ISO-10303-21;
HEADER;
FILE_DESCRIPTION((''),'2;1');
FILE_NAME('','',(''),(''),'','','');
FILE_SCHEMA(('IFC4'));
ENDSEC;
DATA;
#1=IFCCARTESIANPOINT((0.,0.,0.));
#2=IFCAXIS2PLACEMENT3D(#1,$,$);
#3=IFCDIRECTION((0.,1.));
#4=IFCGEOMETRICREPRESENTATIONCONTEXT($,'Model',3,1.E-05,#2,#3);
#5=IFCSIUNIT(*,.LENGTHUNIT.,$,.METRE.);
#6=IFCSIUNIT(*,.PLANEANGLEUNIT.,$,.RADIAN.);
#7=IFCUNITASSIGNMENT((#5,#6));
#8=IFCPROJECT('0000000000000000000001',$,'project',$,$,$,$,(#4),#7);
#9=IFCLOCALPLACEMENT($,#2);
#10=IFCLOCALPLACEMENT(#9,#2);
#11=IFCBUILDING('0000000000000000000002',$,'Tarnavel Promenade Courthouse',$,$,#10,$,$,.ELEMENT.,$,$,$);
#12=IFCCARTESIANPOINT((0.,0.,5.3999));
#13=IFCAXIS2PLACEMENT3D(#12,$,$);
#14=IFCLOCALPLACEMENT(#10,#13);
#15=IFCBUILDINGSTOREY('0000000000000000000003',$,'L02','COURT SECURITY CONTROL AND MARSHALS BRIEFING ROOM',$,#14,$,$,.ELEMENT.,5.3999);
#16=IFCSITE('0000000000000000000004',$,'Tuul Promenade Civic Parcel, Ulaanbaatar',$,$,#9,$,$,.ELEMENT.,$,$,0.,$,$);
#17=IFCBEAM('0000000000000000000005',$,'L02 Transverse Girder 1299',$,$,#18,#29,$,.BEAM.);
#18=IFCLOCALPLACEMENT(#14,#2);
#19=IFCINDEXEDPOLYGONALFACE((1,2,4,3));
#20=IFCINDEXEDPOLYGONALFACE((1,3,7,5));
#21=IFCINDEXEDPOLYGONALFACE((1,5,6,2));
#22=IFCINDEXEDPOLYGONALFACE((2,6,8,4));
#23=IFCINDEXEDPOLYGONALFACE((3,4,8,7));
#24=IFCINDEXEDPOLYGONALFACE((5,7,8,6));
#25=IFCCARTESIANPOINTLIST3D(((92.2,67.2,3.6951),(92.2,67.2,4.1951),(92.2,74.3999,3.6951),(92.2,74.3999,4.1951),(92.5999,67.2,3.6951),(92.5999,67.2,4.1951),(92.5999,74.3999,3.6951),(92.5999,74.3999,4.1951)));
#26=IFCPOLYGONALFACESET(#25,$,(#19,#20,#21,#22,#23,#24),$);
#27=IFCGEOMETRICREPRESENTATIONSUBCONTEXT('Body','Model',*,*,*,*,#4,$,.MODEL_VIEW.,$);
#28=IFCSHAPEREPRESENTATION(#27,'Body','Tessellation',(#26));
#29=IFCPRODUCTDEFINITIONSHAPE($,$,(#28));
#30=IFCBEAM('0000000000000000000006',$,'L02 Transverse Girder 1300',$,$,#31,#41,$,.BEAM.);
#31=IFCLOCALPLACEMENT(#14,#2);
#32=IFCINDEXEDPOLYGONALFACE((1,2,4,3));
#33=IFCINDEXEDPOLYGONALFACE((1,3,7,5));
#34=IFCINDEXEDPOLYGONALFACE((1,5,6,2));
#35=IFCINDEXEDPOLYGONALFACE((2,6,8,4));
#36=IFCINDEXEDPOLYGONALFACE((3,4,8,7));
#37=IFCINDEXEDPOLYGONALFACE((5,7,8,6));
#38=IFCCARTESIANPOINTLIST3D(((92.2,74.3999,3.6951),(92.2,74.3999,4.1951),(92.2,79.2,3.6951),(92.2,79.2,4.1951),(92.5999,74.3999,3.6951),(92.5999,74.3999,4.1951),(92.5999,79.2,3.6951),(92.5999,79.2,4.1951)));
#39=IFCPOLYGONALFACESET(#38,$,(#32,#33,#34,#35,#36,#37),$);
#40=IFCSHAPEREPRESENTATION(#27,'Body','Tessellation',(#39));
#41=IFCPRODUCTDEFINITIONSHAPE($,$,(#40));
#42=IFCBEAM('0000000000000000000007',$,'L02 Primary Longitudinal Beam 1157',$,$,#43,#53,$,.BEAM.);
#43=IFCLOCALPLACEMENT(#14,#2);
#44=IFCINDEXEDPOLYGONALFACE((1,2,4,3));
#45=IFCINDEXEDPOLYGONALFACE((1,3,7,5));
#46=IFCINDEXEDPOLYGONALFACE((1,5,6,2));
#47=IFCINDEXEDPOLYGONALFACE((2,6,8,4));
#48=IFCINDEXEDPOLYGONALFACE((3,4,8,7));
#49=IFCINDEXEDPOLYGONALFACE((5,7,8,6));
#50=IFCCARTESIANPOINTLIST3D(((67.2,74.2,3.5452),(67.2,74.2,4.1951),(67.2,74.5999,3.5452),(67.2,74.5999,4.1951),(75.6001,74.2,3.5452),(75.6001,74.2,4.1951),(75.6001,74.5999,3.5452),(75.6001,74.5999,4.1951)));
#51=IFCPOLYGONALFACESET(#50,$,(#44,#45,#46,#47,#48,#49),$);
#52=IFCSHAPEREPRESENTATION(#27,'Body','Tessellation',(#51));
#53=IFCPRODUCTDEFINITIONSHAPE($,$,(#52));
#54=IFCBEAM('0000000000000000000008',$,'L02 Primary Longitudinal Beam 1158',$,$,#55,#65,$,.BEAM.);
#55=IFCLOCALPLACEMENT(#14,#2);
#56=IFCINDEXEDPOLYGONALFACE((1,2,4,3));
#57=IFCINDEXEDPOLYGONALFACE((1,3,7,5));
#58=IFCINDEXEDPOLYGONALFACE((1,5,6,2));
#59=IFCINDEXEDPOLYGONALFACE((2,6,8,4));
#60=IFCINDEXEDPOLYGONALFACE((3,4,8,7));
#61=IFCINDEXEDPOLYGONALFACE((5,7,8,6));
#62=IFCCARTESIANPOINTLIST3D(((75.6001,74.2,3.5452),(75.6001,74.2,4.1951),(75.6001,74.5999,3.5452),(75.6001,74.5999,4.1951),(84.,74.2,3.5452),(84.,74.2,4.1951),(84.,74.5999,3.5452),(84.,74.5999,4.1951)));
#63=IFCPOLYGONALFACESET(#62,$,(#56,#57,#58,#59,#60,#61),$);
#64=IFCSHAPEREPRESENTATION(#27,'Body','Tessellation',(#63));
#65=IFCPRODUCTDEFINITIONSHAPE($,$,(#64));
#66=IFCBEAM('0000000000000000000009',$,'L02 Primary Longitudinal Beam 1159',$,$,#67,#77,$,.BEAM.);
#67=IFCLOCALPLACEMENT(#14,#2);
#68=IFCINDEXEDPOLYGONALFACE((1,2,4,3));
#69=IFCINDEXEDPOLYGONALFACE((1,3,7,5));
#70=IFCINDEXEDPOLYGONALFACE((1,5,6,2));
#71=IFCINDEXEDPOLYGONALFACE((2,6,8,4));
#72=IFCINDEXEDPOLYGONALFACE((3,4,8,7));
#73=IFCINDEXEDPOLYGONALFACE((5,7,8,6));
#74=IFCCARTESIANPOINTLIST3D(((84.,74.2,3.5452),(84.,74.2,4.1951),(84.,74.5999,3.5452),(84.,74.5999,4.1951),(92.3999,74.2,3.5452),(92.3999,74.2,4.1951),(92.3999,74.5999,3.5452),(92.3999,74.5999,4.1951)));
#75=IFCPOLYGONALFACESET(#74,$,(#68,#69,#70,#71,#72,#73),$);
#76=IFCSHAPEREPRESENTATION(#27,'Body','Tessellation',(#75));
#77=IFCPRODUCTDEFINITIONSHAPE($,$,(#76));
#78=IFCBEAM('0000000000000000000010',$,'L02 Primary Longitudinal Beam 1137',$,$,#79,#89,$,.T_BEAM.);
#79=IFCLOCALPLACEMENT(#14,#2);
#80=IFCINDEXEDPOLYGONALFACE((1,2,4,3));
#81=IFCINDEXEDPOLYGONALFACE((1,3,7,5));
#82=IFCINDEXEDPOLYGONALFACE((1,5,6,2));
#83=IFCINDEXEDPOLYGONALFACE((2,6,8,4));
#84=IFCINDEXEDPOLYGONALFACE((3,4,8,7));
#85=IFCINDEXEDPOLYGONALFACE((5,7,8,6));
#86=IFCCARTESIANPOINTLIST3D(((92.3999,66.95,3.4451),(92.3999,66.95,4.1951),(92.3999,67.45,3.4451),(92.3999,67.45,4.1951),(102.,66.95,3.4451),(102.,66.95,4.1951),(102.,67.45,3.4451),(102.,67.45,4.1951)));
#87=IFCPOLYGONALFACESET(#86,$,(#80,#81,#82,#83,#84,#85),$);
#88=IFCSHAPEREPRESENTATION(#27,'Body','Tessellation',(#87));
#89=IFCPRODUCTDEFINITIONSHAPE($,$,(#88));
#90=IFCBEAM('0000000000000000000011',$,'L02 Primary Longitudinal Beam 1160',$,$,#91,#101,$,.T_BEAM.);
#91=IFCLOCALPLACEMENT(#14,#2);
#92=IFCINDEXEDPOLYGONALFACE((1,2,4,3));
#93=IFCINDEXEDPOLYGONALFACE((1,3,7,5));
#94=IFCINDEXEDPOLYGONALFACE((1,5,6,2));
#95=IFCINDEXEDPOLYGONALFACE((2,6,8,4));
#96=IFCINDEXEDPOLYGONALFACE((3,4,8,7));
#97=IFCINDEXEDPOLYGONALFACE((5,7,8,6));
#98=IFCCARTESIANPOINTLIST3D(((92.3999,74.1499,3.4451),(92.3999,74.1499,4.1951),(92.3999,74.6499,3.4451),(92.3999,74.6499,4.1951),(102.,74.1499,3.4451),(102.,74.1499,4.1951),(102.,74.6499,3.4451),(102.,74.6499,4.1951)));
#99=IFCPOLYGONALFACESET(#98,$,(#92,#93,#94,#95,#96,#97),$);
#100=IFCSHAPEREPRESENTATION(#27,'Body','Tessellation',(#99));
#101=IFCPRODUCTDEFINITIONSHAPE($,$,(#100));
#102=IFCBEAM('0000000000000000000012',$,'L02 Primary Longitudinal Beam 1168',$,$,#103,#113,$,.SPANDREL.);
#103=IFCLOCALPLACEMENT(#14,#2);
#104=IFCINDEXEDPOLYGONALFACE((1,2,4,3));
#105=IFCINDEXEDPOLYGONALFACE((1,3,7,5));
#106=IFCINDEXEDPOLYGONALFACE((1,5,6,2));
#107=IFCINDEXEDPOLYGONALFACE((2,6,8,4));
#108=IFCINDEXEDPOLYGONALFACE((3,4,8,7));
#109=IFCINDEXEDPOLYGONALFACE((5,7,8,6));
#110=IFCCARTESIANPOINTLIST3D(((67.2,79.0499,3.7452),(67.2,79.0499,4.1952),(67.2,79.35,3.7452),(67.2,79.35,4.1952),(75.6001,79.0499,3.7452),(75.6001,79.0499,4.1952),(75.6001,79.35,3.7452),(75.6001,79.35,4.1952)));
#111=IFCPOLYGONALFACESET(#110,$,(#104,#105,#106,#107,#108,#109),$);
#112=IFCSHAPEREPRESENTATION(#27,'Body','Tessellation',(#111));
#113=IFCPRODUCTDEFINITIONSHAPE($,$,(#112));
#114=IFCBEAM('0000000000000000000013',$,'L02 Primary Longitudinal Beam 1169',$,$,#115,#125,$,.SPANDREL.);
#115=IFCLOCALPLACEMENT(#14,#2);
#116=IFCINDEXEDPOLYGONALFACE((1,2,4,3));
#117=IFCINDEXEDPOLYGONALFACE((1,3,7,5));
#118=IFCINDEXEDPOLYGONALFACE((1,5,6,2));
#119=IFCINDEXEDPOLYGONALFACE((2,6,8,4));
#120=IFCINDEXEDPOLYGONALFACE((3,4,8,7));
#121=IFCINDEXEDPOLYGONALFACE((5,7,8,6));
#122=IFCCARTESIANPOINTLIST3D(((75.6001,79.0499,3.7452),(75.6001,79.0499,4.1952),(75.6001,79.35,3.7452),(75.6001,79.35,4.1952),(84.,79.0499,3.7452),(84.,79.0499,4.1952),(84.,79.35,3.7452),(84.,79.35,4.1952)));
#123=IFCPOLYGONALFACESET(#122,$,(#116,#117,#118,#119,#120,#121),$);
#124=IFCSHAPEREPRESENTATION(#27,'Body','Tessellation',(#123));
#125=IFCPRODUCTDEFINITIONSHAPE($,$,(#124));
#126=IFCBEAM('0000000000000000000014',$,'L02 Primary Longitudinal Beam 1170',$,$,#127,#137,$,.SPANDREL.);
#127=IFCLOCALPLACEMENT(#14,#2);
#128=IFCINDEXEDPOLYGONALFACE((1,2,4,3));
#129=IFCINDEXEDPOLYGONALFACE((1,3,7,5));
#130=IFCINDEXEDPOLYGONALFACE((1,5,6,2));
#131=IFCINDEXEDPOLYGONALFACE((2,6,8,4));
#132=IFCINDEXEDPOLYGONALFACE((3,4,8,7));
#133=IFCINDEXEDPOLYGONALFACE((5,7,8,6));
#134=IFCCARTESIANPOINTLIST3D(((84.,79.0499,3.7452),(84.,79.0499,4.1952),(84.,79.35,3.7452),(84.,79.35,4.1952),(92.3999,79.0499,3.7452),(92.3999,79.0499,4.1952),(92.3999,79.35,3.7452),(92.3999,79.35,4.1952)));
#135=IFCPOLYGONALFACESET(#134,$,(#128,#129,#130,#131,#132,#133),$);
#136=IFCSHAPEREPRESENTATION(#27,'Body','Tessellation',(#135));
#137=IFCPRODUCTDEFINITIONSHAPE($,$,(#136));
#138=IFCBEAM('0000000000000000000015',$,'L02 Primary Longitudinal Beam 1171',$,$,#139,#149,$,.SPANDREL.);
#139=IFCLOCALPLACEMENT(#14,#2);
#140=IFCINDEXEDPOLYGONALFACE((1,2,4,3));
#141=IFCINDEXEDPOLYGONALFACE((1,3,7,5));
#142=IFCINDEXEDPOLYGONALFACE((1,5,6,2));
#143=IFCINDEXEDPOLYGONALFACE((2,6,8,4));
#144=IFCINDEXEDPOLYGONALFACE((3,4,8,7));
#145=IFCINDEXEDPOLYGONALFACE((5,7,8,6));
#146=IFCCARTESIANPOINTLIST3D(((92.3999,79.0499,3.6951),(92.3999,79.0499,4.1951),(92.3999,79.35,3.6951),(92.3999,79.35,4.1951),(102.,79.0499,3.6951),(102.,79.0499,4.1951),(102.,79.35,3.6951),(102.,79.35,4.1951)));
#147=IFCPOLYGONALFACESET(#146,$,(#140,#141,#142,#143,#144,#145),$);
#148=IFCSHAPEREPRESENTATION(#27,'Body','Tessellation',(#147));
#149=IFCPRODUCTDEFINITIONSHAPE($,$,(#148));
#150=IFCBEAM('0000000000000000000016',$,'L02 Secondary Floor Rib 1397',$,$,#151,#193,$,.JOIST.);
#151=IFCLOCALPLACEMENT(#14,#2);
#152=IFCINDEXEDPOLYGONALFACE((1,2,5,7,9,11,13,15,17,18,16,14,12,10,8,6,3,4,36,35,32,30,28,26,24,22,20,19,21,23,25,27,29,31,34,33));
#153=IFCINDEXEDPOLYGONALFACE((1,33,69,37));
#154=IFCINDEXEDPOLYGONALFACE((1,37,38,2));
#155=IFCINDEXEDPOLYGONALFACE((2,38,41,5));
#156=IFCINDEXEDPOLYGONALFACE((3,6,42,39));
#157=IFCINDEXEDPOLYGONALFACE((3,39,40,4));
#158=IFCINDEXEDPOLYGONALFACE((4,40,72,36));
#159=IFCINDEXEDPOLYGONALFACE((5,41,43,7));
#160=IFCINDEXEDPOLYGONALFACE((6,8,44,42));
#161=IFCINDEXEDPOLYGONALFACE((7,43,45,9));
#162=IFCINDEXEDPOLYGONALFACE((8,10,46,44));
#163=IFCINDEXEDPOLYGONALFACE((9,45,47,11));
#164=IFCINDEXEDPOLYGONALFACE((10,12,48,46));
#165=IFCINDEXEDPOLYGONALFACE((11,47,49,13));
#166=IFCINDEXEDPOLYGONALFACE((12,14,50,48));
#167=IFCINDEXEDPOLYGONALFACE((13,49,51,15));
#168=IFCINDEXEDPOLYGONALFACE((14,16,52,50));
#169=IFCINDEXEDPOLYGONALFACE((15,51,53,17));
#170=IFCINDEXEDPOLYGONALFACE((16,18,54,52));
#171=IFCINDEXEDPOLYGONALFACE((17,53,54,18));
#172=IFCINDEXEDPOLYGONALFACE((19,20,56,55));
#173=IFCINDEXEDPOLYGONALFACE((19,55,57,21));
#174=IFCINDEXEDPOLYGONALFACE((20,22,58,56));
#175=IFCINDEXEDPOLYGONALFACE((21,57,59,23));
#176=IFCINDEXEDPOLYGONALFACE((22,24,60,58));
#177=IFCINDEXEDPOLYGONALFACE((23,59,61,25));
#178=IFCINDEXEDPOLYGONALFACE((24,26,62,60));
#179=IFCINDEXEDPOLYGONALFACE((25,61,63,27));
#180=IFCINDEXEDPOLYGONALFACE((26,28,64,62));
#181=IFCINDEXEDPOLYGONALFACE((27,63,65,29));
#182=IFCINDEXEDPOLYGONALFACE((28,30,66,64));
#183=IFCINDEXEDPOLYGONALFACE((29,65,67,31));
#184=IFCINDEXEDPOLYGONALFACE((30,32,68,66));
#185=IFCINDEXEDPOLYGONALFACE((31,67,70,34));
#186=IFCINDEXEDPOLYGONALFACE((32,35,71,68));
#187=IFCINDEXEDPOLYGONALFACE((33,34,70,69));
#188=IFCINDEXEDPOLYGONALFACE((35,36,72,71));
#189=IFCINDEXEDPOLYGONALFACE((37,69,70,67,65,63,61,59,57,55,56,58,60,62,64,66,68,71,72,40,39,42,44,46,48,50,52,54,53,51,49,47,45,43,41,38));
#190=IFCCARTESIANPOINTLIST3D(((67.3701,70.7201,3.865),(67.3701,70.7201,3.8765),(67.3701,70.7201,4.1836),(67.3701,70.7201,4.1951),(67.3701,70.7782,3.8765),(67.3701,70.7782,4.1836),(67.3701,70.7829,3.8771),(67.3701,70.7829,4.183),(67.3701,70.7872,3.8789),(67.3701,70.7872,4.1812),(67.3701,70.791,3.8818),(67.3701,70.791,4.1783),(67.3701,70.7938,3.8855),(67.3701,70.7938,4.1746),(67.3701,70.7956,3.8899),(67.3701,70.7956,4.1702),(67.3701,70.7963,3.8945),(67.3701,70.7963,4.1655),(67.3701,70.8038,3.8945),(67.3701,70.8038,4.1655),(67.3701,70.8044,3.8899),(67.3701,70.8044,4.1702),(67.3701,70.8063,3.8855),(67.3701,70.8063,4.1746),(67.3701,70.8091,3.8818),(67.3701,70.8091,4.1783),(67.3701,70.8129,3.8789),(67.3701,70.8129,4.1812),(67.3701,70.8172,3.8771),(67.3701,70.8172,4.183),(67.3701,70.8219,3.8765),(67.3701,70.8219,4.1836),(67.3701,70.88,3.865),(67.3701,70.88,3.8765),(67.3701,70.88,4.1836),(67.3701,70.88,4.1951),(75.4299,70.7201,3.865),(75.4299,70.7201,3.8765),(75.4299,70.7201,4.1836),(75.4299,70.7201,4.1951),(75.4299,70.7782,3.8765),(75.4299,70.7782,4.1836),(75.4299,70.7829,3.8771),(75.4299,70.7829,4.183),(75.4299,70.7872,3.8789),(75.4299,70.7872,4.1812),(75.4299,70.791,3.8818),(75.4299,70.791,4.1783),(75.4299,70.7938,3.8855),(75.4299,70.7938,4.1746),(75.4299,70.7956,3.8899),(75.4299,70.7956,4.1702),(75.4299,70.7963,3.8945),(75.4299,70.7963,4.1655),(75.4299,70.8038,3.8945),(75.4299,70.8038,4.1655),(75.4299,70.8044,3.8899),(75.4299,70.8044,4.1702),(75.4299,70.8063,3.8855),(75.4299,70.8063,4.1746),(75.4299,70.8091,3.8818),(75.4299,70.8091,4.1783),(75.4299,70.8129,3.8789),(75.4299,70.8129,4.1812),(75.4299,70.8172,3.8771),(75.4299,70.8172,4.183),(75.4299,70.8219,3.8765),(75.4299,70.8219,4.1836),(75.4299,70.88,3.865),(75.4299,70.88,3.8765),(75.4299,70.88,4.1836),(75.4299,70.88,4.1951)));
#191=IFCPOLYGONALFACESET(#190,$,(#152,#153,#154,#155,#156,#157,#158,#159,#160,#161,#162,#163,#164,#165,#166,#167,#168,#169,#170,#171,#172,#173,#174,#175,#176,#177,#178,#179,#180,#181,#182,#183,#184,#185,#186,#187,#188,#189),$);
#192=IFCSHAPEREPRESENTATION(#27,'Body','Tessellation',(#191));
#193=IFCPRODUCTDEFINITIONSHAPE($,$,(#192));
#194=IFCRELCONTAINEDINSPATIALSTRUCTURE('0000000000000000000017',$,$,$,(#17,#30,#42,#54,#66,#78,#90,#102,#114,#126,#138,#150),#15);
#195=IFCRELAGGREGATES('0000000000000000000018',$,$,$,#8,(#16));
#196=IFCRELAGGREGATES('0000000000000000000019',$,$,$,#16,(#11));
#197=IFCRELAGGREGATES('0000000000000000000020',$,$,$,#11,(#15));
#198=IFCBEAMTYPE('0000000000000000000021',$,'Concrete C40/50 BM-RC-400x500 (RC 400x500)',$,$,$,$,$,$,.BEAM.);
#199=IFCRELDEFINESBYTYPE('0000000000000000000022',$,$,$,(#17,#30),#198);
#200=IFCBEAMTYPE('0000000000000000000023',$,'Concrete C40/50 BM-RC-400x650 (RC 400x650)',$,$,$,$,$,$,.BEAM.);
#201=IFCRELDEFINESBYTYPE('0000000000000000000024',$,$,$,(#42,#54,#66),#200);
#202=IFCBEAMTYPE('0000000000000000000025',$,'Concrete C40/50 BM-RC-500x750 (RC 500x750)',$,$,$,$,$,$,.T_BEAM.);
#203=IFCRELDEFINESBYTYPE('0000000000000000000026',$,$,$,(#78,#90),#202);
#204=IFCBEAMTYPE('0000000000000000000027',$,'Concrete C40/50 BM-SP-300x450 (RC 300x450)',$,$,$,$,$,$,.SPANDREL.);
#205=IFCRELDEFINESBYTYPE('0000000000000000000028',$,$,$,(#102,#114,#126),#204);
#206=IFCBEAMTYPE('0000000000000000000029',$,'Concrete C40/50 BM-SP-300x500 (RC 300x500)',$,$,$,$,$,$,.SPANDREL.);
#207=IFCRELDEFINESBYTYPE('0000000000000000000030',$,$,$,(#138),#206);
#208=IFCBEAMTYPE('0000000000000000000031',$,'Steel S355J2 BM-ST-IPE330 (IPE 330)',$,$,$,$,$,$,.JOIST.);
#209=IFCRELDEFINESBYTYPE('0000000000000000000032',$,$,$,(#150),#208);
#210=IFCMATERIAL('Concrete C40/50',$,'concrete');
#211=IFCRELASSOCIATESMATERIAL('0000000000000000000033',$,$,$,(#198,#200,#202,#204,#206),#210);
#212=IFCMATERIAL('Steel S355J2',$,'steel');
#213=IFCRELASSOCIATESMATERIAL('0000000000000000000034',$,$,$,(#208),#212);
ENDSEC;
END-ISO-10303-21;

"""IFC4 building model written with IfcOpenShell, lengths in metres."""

from ifc_helpers import new_model, si_unit, direction, frame, origin, origin_2d, place, context, subcontext, project, spatial, rectangle, i_section, extrude, material, material_profile, profile_set, type_object, element, save


model = new_model("IFC4")

# Units and contexts
model_context = context("Model", 3, precision=1e-05, world=origin(), true_north=direction((0.0, 1.0)))
body_context = subcontext(model_context, "Body", "Model", "MODEL_VIEW")
ifc_project = project(units=[si_unit("LENGTHUNIT", "METRE"), si_unit("PLANEANGLEUNIT", "RADIAN")], contexts=[model_context])

# Site, building, storey
site_placement = place(None, origin())
site = spatial("IfcSite", under=ifc_project, at=site_placement, Name="Tuul Promenade Civic Parcel, Ulaanbaatar", CompositionType="ELEMENT", RefElevation=0.0)
building_placement = place(site_placement, origin())
building = spatial("IfcBuilding", under=site, at=building_placement, Name="Tarnavel Promenade Courthouse", CompositionType="ELEMENT")
storey_placement = place(building_placement, frame((0.0, 0.0, 5.3999)))
storey = spatial("IfcBuildingStorey", under=building, at=storey_placement, Name="L02", Description="COURT SECURITY CONTROL AND MARSHALS BRIEFING ROOM", CompositionType="ELEMENT", Elevation=5.3999)

# Shared definitions
ifc_material_1 = material(Name="Concrete C40/50", Category="concrete")

# Beams
ifc_material_profile_1 = material_profile(ifc_material_1, rectangle(XDim=0.3999, YDim=0.5, at=origin_2d()), Name="RC 400x500")
ifc_profile_set_1 = profile_set([ifc_material_profile_1], Name="Concrete C40/50")
beam_type_1 = type_object("IfcBeamType", Name="Concrete C40/50 BM-RC-400x500 (RC 400x500)", PredefinedType="BEAM", material=ifc_profile_set_1)
beam_1_placement = place(storey_placement, frame((92.3999, 67.2, 3.9451), z_axis=(0.0, 1.0, 0.0), x_axis=(-1.0, 0.0, 0.0)))
element("IfcBeam", 1, at=beam_1_placement, inside=storey, type_object=beam_type_1, Name="L02 Transverse Girder 1299", PredefinedType="BEAM", context=body_context, shape_type="SweptSolid", body=[
    extrude(rectangle(XDim=0.3999, YDim=0.5, at=origin_2d()), origin(), (0.0, 0.0, 1.0), 7.2),
])
beam_2_placement = place(storey_placement, frame((92.3999, 74.3999, 3.9451), z_axis=(0.0, 1.0, 0.0), x_axis=(-1.0, 0.0, 0.0)))
element("IfcBeam", 2, at=beam_2_placement, inside=storey, type_object=beam_type_1, Name="L02 Transverse Girder 1300", PredefinedType="BEAM", context=body_context, shape_type="SweptSolid", body=[
    extrude(rectangle(XDim=0.3999, YDim=0.5, at=origin_2d()), origin(), (0.0, 0.0, 1.0), 4.8),
])
ifc_material_profile_2 = material_profile(ifc_material_1, rectangle(XDim=0.3999, YDim=0.6499, at=origin_2d()), Name="RC 400x650")
ifc_profile_set_2 = profile_set([ifc_material_profile_2], Name="Concrete C40/50")
beam_type_2 = type_object("IfcBeamType", Name="Concrete C40/50 BM-RC-400x650 (RC 400x650)", PredefinedType="BEAM", material=ifc_profile_set_2)
beam_3_placement = place(storey_placement, frame((67.2, 74.3999, 3.8701), z_axis=(1.0, 0.0, 0.0), x_axis=(0.0, 1.0, 0.0)))
element("IfcBeam", 3, at=beam_3_placement, inside=storey, type_object=beam_type_2, Name="L02 Primary Longitudinal Beam 1157", PredefinedType="BEAM", context=body_context, shape_type="SweptSolid", body=[
    extrude(rectangle(XDim=0.3999, YDim=0.6499, at=origin_2d()), origin(), (0.0, 0.0, 1.0), 8.4001),
])
for number, where, z_axis, x_axis, name in (
    (4, (75.6001, 74.3999, 3.8701), (1.0, 0.0, 0.0), (0.0, 1.0, 0.0), "L02 Primary Longitudinal Beam 1158"),
    (5, (84.0, 74.3999, 3.8701), (1.0, 0.0, 0.0), (0.0, 1.0, 0.0), "L02 Primary Longitudinal Beam 1159"),
):
    element("IfcBeam", number, at=place(storey_placement, frame(where, z_axis=z_axis, x_axis=x_axis)), inside=storey, type_object=beam_type_2, Name=name, PredefinedType="BEAM", context=body_context, shape_type="SweptSolid", body=[
        extrude(rectangle(XDim=0.3999, YDim=0.6499, at=origin_2d()), origin(), (0.0, 0.0, 1.0), 8.3999),
    ])
ifc_material_profile_3 = material_profile(ifc_material_1, rectangle(XDim=0.5, YDim=0.75, at=origin_2d()), Name="RC 500x750")
ifc_profile_set_3 = profile_set([ifc_material_profile_3], Name="Concrete C40/50")
beam_type_3 = type_object("IfcBeamType", Name="Concrete C40/50 BM-RC-500x750 (RC 500x750)", PredefinedType="T_BEAM", material=ifc_profile_set_3)
for number, where, z_axis, x_axis, name in (
    (6, (92.3999, 67.2, 3.8201), (1.0, 0.0, 0.0), (0.0, 1.0, 0.0), "L02 Primary Longitudinal Beam 1137"),
    (7, (92.3999, 74.3999, 3.8201), (1.0, 0.0, 0.0), (0.0, 1.0, 0.0), "L02 Primary Longitudinal Beam 1160"),
):
    element("IfcBeam", number, at=place(storey_placement, frame(where, z_axis=z_axis, x_axis=x_axis)), inside=storey, type_object=beam_type_3, Name=name, PredefinedType="T_BEAM", context=body_context, shape_type="SweptSolid", body=[
        extrude(rectangle(XDim=0.5, YDim=0.75, at=origin_2d()), origin(), (0.0, 0.0, 1.0), 9.6001),
    ])
ifc_material_profile_4 = material_profile(ifc_material_1, rectangle(XDim=0.3, YDim=0.45, at=origin_2d()), Name="RC 300x450")
ifc_profile_set_4 = profile_set([ifc_material_profile_4], Name="Concrete C40/50")
beam_type_4 = type_object("IfcBeamType", Name="Concrete C40/50 BM-SP-300x450 (RC 300x450)", PredefinedType="SPANDREL", material=ifc_profile_set_4)
beam_4_placement = place(storey_placement, frame((67.2, 79.2, 3.9702), z_axis=(1.0, 0.0, 0.0), x_axis=(0.0, 1.0, 0.0)))
element("IfcBeam", 8, at=beam_4_placement, inside=storey, type_object=beam_type_4, Name="L02 Primary Longitudinal Beam 1168", PredefinedType="SPANDREL", context=body_context, shape_type="SweptSolid", body=[
    extrude(rectangle(XDim=0.3, YDim=0.45, at=origin_2d()), origin(), (0.0, 0.0, 1.0), 8.4001),
])
for number, where, z_axis, x_axis, name in (
    (9, (75.6001, 79.2, 3.9702), (1.0, 0.0, 0.0), (0.0, 1.0, 0.0), "L02 Primary Longitudinal Beam 1169"),
    (10, (84.0, 79.2, 3.9702), (1.0, 0.0, 0.0), (0.0, 1.0, 0.0), "L02 Primary Longitudinal Beam 1170"),
):
    element("IfcBeam", number, at=place(storey_placement, frame(where, z_axis=z_axis, x_axis=x_axis)), inside=storey, type_object=beam_type_4, Name=name, PredefinedType="SPANDREL", context=body_context, shape_type="SweptSolid", body=[
        extrude(rectangle(XDim=0.3, YDim=0.45, at=origin_2d()), origin(), (0.0, 0.0, 1.0), 8.3999),
    ])
ifc_material_profile_5 = material_profile(ifc_material_1, rectangle(XDim=0.3, YDim=0.5, at=origin_2d()), Name="RC 300x500")
ifc_profile_set_5 = profile_set([ifc_material_profile_5], Name="Concrete C40/50")
beam_type_5 = type_object("IfcBeamType", Name="Concrete C40/50 BM-SP-300x500 (RC 300x500)", PredefinedType="SPANDREL", material=ifc_profile_set_5)
beam_5_placement = place(storey_placement, frame((92.3999, 79.2, 3.9451), z_axis=(1.0, 0.0, 0.0), x_axis=(0.0, 1.0, 0.0)))
element("IfcBeam", 11, at=beam_5_placement, inside=storey, type_object=beam_type_5, Name="L02 Primary Longitudinal Beam 1171", PredefinedType="SPANDREL", context=body_context, shape_type="SweptSolid", body=[
    extrude(rectangle(XDim=0.3, YDim=0.5, at=origin_2d()), origin(), (0.0, 0.0, 1.0), 9.6001),
])
ifc_material_2 = material(Name="Steel S355J2", Category="steel")
ifc_material_profile_6 = material_profile(ifc_material_2, i_section(OverallWidth=0.1599, OverallDepth=0.3301, WebThickness=0.0076, FlangeThickness=0.0115, FilletRadius=0.0181, at=origin_2d()), Name="IPE 330")
ifc_profile_set_6 = profile_set([ifc_material_profile_6], Name="Steel S355J2")
beam_type_6 = type_object("IfcBeamType", Name="Steel S355J2 BM-ST-IPE330 (IPE 330)", PredefinedType="JOIST", material=ifc_profile_set_6)
beam_6_placement = place(storey_placement, frame((67.3701, 70.8, 4.03), z_axis=(1.0, 0.0, 0.0), x_axis=(0.0, 1.0, 0.0)))
element("IfcBeam", 12, at=beam_6_placement, inside=storey, type_object=beam_type_6, Name="L02 Secondary Floor Rib 1397", PredefinedType="JOIST", context=body_context, shape_type="SweptSolid", body=[
    extrude(i_section(OverallWidth=0.1599, OverallDepth=0.3301, WebThickness=0.0076, FlangeThickness=0.0115, FilletRadius=0.0181, at=origin_2d()), origin(), (0.0, 0.0, 1.0), 8.0598),
])

save(model, "model.ifc")
